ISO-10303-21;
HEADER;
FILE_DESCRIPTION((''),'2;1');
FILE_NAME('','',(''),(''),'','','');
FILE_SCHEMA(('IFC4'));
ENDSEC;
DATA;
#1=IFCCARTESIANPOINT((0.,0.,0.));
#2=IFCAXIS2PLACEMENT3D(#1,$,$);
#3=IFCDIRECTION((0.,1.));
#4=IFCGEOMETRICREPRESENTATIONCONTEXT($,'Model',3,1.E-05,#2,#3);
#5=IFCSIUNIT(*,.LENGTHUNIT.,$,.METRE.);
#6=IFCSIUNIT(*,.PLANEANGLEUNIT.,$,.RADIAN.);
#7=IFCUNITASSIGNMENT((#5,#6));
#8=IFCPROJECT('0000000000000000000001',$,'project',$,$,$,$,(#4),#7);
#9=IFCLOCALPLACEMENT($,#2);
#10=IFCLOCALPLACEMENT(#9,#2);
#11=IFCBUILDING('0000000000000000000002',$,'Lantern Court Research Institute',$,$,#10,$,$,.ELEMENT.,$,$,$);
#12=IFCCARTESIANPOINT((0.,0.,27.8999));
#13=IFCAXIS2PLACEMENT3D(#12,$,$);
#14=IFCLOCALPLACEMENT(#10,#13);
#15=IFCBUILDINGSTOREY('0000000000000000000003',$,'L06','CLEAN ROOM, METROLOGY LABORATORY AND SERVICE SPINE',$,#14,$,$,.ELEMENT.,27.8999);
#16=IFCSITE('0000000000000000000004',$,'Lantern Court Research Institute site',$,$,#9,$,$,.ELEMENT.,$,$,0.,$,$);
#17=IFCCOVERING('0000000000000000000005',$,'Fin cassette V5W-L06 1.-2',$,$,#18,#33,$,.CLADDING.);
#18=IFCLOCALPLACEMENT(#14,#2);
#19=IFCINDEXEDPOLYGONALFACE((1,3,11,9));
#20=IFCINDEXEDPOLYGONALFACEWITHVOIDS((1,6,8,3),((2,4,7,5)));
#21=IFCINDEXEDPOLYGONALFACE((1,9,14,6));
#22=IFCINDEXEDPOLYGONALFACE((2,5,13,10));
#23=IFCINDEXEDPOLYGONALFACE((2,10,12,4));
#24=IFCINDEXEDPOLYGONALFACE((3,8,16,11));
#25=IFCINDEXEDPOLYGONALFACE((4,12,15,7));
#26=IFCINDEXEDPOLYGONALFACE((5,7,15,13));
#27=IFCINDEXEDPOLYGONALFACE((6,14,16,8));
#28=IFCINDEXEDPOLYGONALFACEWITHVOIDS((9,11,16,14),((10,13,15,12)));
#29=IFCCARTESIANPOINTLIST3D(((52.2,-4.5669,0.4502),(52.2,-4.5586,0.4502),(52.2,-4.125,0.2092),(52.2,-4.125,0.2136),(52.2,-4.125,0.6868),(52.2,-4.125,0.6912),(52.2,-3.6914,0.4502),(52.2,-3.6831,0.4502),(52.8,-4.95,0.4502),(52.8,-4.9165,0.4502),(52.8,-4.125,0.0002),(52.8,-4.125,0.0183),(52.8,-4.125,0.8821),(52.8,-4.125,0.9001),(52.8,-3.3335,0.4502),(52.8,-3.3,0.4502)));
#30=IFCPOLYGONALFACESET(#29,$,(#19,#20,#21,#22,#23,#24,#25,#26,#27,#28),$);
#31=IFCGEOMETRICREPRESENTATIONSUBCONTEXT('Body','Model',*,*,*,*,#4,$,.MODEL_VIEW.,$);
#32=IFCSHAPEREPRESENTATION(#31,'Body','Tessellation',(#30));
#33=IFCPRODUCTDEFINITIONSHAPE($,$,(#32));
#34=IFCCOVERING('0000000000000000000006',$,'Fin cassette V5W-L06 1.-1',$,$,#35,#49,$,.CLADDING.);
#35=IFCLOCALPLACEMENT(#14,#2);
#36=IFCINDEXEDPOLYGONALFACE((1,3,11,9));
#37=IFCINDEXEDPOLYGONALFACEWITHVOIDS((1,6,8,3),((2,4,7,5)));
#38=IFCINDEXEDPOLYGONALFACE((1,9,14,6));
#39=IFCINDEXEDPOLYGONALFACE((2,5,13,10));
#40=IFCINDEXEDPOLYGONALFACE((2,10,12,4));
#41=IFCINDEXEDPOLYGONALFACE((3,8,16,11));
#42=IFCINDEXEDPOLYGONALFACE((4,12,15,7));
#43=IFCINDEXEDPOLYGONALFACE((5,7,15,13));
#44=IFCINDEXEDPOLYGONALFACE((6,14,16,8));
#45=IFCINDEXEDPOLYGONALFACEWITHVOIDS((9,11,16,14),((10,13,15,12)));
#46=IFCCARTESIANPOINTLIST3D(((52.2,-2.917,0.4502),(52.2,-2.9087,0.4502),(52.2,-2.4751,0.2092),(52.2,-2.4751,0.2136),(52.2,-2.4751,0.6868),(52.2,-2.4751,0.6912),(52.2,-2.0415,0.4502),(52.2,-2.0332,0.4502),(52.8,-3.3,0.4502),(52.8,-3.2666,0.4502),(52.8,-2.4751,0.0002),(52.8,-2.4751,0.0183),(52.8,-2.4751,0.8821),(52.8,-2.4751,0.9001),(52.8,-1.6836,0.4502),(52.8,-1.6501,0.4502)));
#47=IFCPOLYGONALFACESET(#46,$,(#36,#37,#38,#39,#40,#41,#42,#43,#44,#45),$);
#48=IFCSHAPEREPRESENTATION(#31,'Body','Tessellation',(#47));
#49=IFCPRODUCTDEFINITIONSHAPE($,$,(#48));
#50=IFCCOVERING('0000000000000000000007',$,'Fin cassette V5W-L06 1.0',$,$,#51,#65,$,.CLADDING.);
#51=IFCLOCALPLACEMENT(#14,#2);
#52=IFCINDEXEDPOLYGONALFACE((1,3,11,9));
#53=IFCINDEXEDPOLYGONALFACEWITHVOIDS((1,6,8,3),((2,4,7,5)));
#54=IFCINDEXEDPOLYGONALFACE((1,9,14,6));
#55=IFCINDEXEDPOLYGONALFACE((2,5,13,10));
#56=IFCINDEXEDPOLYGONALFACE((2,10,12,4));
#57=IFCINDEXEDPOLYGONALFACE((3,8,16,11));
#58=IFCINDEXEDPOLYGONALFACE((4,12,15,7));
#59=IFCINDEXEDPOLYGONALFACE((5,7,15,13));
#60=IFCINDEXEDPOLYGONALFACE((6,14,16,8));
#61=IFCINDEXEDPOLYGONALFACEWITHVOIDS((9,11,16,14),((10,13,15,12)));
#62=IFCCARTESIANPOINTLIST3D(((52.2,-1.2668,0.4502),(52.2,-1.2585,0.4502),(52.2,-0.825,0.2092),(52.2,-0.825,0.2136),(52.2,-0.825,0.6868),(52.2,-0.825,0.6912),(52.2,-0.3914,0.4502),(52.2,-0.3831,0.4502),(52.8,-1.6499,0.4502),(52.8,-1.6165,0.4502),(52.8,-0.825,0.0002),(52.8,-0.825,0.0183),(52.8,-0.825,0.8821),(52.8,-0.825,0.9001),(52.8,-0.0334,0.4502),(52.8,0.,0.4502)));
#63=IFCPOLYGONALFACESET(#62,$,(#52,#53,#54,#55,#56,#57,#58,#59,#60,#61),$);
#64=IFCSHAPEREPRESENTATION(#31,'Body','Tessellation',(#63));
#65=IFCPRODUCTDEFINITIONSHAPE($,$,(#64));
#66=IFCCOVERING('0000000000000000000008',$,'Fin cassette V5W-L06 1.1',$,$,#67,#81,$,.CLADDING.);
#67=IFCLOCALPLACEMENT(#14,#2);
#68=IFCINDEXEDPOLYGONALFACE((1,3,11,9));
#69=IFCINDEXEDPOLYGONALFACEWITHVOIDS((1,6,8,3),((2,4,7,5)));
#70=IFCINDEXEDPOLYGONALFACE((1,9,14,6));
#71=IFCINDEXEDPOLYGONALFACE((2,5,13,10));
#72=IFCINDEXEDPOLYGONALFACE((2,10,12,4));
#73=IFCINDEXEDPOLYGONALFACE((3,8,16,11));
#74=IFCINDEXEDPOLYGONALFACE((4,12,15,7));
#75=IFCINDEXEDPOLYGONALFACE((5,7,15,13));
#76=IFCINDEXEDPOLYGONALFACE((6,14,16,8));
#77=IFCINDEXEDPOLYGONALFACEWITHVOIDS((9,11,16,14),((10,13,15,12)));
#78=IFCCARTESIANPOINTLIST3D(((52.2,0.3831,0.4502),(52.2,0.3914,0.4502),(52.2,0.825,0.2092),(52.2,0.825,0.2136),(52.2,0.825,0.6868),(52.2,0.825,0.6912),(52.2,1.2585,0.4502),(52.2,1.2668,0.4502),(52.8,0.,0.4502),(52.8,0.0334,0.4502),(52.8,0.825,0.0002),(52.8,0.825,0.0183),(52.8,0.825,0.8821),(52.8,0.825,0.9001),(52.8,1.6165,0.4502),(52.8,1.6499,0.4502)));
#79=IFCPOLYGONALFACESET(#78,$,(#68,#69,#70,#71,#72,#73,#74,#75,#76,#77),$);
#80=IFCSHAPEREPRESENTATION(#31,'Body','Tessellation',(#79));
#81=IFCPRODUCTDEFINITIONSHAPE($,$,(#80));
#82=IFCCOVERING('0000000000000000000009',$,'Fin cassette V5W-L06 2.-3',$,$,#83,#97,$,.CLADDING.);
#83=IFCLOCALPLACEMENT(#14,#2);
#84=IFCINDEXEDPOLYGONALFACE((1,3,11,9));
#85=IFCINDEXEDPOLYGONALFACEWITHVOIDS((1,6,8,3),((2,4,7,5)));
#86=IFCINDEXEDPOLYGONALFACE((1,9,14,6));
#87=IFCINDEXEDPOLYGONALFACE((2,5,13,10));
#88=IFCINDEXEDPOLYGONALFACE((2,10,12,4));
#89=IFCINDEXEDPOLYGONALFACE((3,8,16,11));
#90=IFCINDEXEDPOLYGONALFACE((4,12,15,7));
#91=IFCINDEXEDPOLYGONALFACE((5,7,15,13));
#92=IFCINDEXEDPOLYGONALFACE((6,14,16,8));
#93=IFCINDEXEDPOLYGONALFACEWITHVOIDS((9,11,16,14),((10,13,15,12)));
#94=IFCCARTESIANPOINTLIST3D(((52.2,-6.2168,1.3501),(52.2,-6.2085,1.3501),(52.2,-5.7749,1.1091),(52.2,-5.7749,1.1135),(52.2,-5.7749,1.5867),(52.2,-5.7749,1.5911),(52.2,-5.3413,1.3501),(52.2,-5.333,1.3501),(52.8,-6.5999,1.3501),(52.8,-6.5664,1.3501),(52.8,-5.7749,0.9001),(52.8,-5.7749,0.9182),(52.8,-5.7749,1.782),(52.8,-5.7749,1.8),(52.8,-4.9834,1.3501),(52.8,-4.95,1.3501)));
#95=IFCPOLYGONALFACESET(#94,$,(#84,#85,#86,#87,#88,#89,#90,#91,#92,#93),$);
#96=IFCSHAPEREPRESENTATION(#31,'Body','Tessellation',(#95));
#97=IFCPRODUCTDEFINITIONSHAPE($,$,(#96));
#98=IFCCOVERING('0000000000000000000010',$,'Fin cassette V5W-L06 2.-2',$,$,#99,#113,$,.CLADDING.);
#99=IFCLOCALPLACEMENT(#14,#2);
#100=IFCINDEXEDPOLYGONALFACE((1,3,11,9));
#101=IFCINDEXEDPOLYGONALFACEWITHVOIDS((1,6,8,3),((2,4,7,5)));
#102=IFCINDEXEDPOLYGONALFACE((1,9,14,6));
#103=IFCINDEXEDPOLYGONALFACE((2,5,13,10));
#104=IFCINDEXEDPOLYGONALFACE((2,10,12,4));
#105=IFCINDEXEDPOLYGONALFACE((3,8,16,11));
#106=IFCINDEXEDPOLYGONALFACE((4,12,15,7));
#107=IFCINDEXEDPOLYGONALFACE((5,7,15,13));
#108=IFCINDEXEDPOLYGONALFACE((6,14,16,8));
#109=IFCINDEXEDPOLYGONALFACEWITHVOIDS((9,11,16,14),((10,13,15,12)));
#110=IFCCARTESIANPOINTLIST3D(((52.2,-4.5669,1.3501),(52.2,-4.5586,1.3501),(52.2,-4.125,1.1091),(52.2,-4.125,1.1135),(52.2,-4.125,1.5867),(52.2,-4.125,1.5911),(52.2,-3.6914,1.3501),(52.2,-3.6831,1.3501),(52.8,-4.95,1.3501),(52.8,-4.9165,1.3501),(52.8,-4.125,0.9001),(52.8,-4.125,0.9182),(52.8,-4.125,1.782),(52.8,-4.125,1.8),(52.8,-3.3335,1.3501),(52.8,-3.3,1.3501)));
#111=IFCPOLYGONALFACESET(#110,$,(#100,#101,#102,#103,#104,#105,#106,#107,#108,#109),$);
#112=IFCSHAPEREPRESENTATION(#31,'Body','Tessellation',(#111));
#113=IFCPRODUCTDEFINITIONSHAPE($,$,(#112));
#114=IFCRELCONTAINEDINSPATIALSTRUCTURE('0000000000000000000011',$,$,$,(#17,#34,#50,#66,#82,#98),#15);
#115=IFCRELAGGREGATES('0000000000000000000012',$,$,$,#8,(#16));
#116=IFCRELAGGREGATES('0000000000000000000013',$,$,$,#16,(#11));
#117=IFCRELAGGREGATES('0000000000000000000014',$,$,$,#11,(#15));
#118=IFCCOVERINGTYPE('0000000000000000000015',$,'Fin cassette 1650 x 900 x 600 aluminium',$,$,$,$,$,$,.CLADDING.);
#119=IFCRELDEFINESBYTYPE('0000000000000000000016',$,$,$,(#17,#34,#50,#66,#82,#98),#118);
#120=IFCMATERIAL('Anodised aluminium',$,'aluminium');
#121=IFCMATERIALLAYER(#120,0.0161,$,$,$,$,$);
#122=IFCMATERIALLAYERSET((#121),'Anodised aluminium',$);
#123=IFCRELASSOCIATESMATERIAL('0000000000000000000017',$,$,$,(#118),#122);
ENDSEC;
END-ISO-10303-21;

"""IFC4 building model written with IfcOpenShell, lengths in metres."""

from ifc_helpers import new_model, entity, si_unit, direction, frame, origin, place, context, subcontext, project, spatial, material, layer, layer_set, type_object, element, save


model = new_model("IFC4")

# Units and contexts
model_context = context("Model", 3, precision=1e-05, world=origin(), true_north=direction((0.0, 1.0)))
body_context = subcontext(model_context, "Body", "Model", "MODEL_VIEW")
ifc_project = project(units=[si_unit("LENGTHUNIT", "METRE"), si_unit("PLANEANGLEUNIT", "RADIAN")], contexts=[model_context])

# Site, building, storey
site_placement = place(None, origin())
site = spatial("IfcSite", under=ifc_project, at=site_placement, Name="Lantern Court Research Institute site", CompositionType="ELEMENT", RefElevation=0.0)
building_placement = place(site_placement, origin())
building = spatial("IfcBuilding", under=site, at=building_placement, Name="Lantern Court Research Institute", CompositionType="ELEMENT")
storey_placement = place(building_placement, frame((0.0, 0.0, 27.8999)))
storey = spatial("IfcBuildingStorey", under=building, at=storey_placement, Name="L06", Description="CLEAN ROOM, METROLOGY LABORATORY AND SERVICE SPINE", CompositionType="ELEMENT", Elevation=27.8999)

# Coverings
ifc_material_1 = material(Name="Anodised aluminium", Category="aluminium")
ifc_layer_1 = layer(ifc_material_1, 0.0161)
ifc_layer_set_1 = layer_set([ifc_layer_1], Name="Anodised aluminium")
covering_type = type_object("IfcCoveringType", Name="Fin cassette 1650 x 900 x 600 aluminium", PredefinedType="CLADDING", material=ifc_layer_set_1)
covering_1_placement = place(storey_placement, frame((52.8, -4.125, 0.4502), z_axis=(-1.0, 0.0, 0.0), x_axis=(0.0, -1.0, 0.0)))
cartesian_point_1 = entity("IfcCartesianPoint", [0.825, 0.0])
cartesian_point_2 = entity("IfcCartesianPoint", [0.7915, 0.0])
cartesian_point_3 = entity("IfcCartesianPoint", [0.4419, 0.0])
cartesian_point_4 = entity("IfcCartesianPoint", [0.4336, 0.0])
element("IfcCovering", 1, at=covering_1_placement, inside=storey, type_object=covering_type, Name="Fin cassette V5W-L06 1.-2", PredefinedType="CLADDING", context=body_context, shape_type="SweptSolid", body=[
    entity("IfcExtrudedAreaSolidTapered", entity("IfcArbitraryProfileDefWithVoids", "AREA", None, entity("IfcPolyline", [cartesian_point_1, entity("IfcCartesianPoint", [0.0, 0.45]), entity("IfcCartesianPoint", [-0.825, 0.0]), entity("IfcCartesianPoint", [0.0, -0.45]), cartesian_point_1]), [entity("IfcPolyline", [cartesian_point_2, entity("IfcCartesianPoint", [0.0, 0.4319]), entity("IfcCartesianPoint", [-0.7915, 0.0]), entity("IfcCartesianPoint", [0.0, -0.4319]), cartesian_point_2])]), entity("IfcAxis2Placement3D", entity("IfcCartesianPoint", [0.0, 0.0, 0.0])), entity("IfcDirection", [0.0, 0.0, 1.0]), 0.6001, entity("IfcArbitraryProfileDefWithVoids", "AREA", None, entity("IfcPolyline", [cartesian_point_3, entity("IfcCartesianPoint", [0.0, 0.241]), entity("IfcCartesianPoint", [-0.4419, 0.0]), entity("IfcCartesianPoint", [0.0, -0.241]), cartesian_point_3]), [entity("IfcPolyline", [cartesian_point_4, entity("IfcCartesianPoint", [0.0, 0.2366]), entity("IfcCartesianPoint", [-0.4336, 0.0]), entity("IfcCartesianPoint", [0.0, -0.2366]), cartesian_point_4])])),
])
covering_2_placement = place(storey_placement, frame((52.8, -2.4751, 0.4502), z_axis=(-1.0, 0.0, 0.0), x_axis=(0.0, -1.0, 0.0)))
cartesian_point_5 = entity("IfcCartesianPoint", [0.825, 0.0])
cartesian_point_6 = entity("IfcCartesianPoint", [0.7915, 0.0])
cartesian_point_7 = entity("IfcCartesianPoint", [0.4419, 0.0])
cartesian_point_8 = entity("IfcCartesianPoint", [0.4336, 0.0])
element("IfcCovering", 2, at=covering_2_placement, inside=storey, type_object=covering_type, Name="Fin cassette V5W-L06 1.-1", PredefinedType="CLADDING", context=body_context, shape_type="SweptSolid", body=[
    entity("IfcExtrudedAreaSolidTapered", entity("IfcArbitraryProfileDefWithVoids", "AREA", None, entity("IfcPolyline", [cartesian_point_5, entity("IfcCartesianPoint", [0.0, 0.45]), entity("IfcCartesianPoint", [-0.825, 0.0]), entity("IfcCartesianPoint", [0.0, -0.45]), cartesian_point_5]), [entity("IfcPolyline", [cartesian_point_6, entity("IfcCartesianPoint", [0.0, 0.4319]), entity("IfcCartesianPoint", [-0.7915, 0.0]), entity("IfcCartesianPoint", [0.0, -0.4319]), cartesian_point_6])]), entity("IfcAxis2Placement3D", entity("IfcCartesianPoint", [0.0, 0.0, 0.0])), entity("IfcDirection", [0.0, 0.0, 1.0]), 0.6001, entity("IfcArbitraryProfileDefWithVoids", "AREA", None, entity("IfcPolyline", [cartesian_point_7, entity("IfcCartesianPoint", [0.0, 0.241]), entity("IfcCartesianPoint", [-0.4419, 0.0]), entity("IfcCartesianPoint", [0.0, -0.241]), cartesian_point_7]), [entity("IfcPolyline", [cartesian_point_8, entity("IfcCartesianPoint", [0.0, 0.2366]), entity("IfcCartesianPoint", [-0.4336, 0.0]), entity("IfcCartesianPoint", [0.0, -0.2366]), cartesian_point_8])])),
])
covering_3_placement = place(storey_placement, frame((52.8, -0.825, 0.4502), z_axis=(-1.0, 0.0, 0.0), x_axis=(0.0, -1.0, 0.0)))
cartesian_point_9 = entity("IfcCartesianPoint", [0.825, 0.0])
cartesian_point_10 = entity("IfcCartesianPoint", [0.7915, 0.0])
cartesian_point_11 = entity("IfcCartesianPoint", [0.4419, 0.0])
cartesian_point_12 = entity("IfcCartesianPoint", [0.4336, 0.0])
element("IfcCovering", 3, at=covering_3_placement, inside=storey, type_object=covering_type, Name="Fin cassette V5W-L06 1.0", PredefinedType="CLADDING", context=body_context, shape_type="SweptSolid", body=[
    entity("IfcExtrudedAreaSolidTapered", entity("IfcArbitraryProfileDefWithVoids", "AREA", None, entity("IfcPolyline", [cartesian_point_9, entity("IfcCartesianPoint", [0.0, 0.45]), entity("IfcCartesianPoint", [-0.825, 0.0]), entity("IfcCartesianPoint", [0.0, -0.45]), cartesian_point_9]), [entity("IfcPolyline", [cartesian_point_10, entity("IfcCartesianPoint", [0.0, 0.4319]), entity("IfcCartesianPoint", [-0.7915, 0.0]), entity("IfcCartesianPoint", [0.0, -0.4319]), cartesian_point_10])]), entity("IfcAxis2Placement3D", entity("IfcCartesianPoint", [0.0, 0.0, 0.0])), entity("IfcDirection", [0.0, 0.0, 1.0]), 0.6001, entity("IfcArbitraryProfileDefWithVoids", "AREA", None, entity("IfcPolyline", [cartesian_point_11, entity("IfcCartesianPoint", [0.0, 0.241]), entity("IfcCartesianPoint", [-0.4419, 0.0]), entity("IfcCartesianPoint", [0.0, -0.241]), cartesian_point_11]), [entity("IfcPolyline", [cartesian_point_12, entity("IfcCartesianPoint", [0.0, 0.2366]), entity("IfcCartesianPoint", [-0.4336, 0.0]), entity("IfcCartesianPoint", [0.0, -0.2366]), cartesian_point_12])])),
])
covering_4_placement = place(storey_placement, frame((52.8, 0.825, 0.4502), z_axis=(-1.0, 0.0, 0.0), x_axis=(0.0, -1.0, 0.0)))
cartesian_point_13 = entity("IfcCartesianPoint", [0.825, 0.0])
cartesian_point_14 = entity("IfcCartesianPoint", [0.7915, 0.0])
cartesian_point_15 = entity("IfcCartesianPoint", [0.4419, 0.0])
cartesian_point_16 = entity("IfcCartesianPoint", [0.4336, 0.0])
element("IfcCovering", 4, at=covering_4_placement, inside=storey, type_object=covering_type, Name="Fin cassette V5W-L06 1.1", PredefinedType="CLADDING", context=body_context, shape_type="SweptSolid", body=[
    entity("IfcExtrudedAreaSolidTapered", entity("IfcArbitraryProfileDefWithVoids", "AREA", None, entity("IfcPolyline", [cartesian_point_13, entity("IfcCartesianPoint", [0.0, 0.45]), entity("IfcCartesianPoint", [-0.825, 0.0]), entity("IfcCartesianPoint", [0.0, -0.45]), cartesian_point_13]), [entity("IfcPolyline", [cartesian_point_14, entity("IfcCartesianPoint", [0.0, 0.4319]), entity("IfcCartesianPoint", [-0.7915, 0.0]), entity("IfcCartesianPoint", [0.0, -0.4319]), cartesian_point_14])]), entity("IfcAxis2Placement3D", entity("IfcCartesianPoint", [0.0, 0.0, 0.0])), entity("IfcDirection", [0.0, 0.0, 1.0]), 0.6001, entity("IfcArbitraryProfileDefWithVoids", "AREA", None, entity("IfcPolyline", [cartesian_point_15, entity("IfcCartesianPoint", [0.0, 0.241]), entity("IfcCartesianPoint", [-0.4419, 0.0]), entity("IfcCartesianPoint", [0.0, -0.241]), cartesian_point_15]), [entity("IfcPolyline", [cartesian_point_16, entity("IfcCartesianPoint", [0.0, 0.2366]), entity("IfcCartesianPoint", [-0.4336, 0.0]), entity("IfcCartesianPoint", [0.0, -0.2366]), cartesian_point_16])])),
])
covering_5_placement = place(storey_placement, frame((52.8, -5.7749, 1.3501), z_axis=(-1.0, 0.0, 0.0), x_axis=(0.0, -1.0, 0.0)))
cartesian_point_17 = entity("IfcCartesianPoint", [0.825, 0.0])
cartesian_point_18 = entity("IfcCartesianPoint", [0.7915, 0.0])
cartesian_point_19 = entity("IfcCartesianPoint", [0.4419, 0.0])
cartesian_point_20 = entity("IfcCartesianPoint", [0.4336, 0.0])
element("IfcCovering", 5, at=covering_5_placement, inside=storey, type_object=covering_type, Name="Fin cassette V5W-L06 2.-3", PredefinedType="CLADDING", context=body_context, shape_type="SweptSolid", body=[
    entity("IfcExtrudedAreaSolidTapered", entity("IfcArbitraryProfileDefWithVoids", "AREA", None, entity("IfcPolyline", [cartesian_point_17, entity("IfcCartesianPoint", [0.0, 0.45]), entity("IfcCartesianPoint", [-0.825, 0.0]), entity("IfcCartesianPoint", [0.0, -0.45]), cartesian_point_17]), [entity("IfcPolyline", [cartesian_point_18, entity("IfcCartesianPoint", [0.0, 0.4319]), entity("IfcCartesianPoint", [-0.7915, 0.0]), entity("IfcCartesianPoint", [0.0, -0.4319]), cartesian_point_18])]), entity("IfcAxis2Placement3D", entity("IfcCartesianPoint", [0.0, 0.0, 0.0])), entity("IfcDirection", [0.0, 0.0, 1.0]), 0.6001, entity("IfcArbitraryProfileDefWithVoids", "AREA", None, entity("IfcPolyline", [cartesian_point_19, entity("IfcCartesianPoint", [0.0, 0.241]), entity("IfcCartesianPoint", [-0.4419, 0.0]), entity("IfcCartesianPoint", [0.0, -0.241]), cartesian_point_19]), [entity("IfcPolyline", [cartesian_point_20, entity("IfcCartesianPoint", [0.0, 0.2366]), entity("IfcCartesianPoint", [-0.4336, 0.0]), entity("IfcCartesianPoint", [0.0, -0.2366]), cartesian_point_20])])),
])
covering_6_placement = place(storey_placement, frame((52.8, -4.125, 1.3501), z_axis=(-1.0, 0.0, 0.0), x_axis=(0.0, -1.0, 0.0)))
cartesian_point_21 = entity("IfcCartesianPoint", [0.825, 0.0])
cartesian_point_22 = entity("IfcCartesianPoint", [0.7915, 0.0])
cartesian_point_23 = entity("IfcCartesianPoint", [0.4419, 0.0])
cartesian_point_24 = entity("IfcCartesianPoint", [0.4336, 0.0])
element("IfcCovering", 6, at=covering_6_placement, inside=storey, type_object=covering_type, Name="Fin cassette V5W-L06 2.-2", PredefinedType="CLADDING", context=body_context, shape_type="SweptSolid", body=[
    entity("IfcExtrudedAreaSolidTapered", entity("IfcArbitraryProfileDefWithVoids", "AREA", None, entity("IfcPolyline", [cartesian_point_21, entity("IfcCartesianPoint", [0.0, 0.45]), entity("IfcCartesianPoint", [-0.825, 0.0]), entity("IfcCartesianPoint", [0.0, -0.45]), cartesian_point_21]), [entity("IfcPolyline", [cartesian_point_22, entity("IfcCartesianPoint", [0.0, 0.4319]), entity("IfcCartesianPoint", [-0.7915, 0.0]), entity("IfcCartesianPoint", [0.0, -0.4319]), cartesian_point_22])]), entity("IfcAxis2Placement3D", entity("IfcCartesianPoint", [0.0, 0.0, 0.0])), entity("IfcDirection", [0.0, 0.0, 1.0]), 0.6001, entity("IfcArbitraryProfileDefWithVoids", "AREA", None, entity("IfcPolyline", [cartesian_point_23, entity("IfcCartesianPoint", [0.0, 0.241]), entity("IfcCartesianPoint", [-0.4419, 0.0]), entity("IfcCartesianPoint", [0.0, -0.241]), cartesian_point_23]), [entity("IfcPolyline", [cartesian_point_24, entity("IfcCartesianPoint", [0.0, 0.2366]), entity("IfcCartesianPoint", [-0.4336, 0.0]), entity("IfcCartesianPoint", [0.0, -0.2366]), cartesian_point_24])])),
])

save(model, "model.ifc")
